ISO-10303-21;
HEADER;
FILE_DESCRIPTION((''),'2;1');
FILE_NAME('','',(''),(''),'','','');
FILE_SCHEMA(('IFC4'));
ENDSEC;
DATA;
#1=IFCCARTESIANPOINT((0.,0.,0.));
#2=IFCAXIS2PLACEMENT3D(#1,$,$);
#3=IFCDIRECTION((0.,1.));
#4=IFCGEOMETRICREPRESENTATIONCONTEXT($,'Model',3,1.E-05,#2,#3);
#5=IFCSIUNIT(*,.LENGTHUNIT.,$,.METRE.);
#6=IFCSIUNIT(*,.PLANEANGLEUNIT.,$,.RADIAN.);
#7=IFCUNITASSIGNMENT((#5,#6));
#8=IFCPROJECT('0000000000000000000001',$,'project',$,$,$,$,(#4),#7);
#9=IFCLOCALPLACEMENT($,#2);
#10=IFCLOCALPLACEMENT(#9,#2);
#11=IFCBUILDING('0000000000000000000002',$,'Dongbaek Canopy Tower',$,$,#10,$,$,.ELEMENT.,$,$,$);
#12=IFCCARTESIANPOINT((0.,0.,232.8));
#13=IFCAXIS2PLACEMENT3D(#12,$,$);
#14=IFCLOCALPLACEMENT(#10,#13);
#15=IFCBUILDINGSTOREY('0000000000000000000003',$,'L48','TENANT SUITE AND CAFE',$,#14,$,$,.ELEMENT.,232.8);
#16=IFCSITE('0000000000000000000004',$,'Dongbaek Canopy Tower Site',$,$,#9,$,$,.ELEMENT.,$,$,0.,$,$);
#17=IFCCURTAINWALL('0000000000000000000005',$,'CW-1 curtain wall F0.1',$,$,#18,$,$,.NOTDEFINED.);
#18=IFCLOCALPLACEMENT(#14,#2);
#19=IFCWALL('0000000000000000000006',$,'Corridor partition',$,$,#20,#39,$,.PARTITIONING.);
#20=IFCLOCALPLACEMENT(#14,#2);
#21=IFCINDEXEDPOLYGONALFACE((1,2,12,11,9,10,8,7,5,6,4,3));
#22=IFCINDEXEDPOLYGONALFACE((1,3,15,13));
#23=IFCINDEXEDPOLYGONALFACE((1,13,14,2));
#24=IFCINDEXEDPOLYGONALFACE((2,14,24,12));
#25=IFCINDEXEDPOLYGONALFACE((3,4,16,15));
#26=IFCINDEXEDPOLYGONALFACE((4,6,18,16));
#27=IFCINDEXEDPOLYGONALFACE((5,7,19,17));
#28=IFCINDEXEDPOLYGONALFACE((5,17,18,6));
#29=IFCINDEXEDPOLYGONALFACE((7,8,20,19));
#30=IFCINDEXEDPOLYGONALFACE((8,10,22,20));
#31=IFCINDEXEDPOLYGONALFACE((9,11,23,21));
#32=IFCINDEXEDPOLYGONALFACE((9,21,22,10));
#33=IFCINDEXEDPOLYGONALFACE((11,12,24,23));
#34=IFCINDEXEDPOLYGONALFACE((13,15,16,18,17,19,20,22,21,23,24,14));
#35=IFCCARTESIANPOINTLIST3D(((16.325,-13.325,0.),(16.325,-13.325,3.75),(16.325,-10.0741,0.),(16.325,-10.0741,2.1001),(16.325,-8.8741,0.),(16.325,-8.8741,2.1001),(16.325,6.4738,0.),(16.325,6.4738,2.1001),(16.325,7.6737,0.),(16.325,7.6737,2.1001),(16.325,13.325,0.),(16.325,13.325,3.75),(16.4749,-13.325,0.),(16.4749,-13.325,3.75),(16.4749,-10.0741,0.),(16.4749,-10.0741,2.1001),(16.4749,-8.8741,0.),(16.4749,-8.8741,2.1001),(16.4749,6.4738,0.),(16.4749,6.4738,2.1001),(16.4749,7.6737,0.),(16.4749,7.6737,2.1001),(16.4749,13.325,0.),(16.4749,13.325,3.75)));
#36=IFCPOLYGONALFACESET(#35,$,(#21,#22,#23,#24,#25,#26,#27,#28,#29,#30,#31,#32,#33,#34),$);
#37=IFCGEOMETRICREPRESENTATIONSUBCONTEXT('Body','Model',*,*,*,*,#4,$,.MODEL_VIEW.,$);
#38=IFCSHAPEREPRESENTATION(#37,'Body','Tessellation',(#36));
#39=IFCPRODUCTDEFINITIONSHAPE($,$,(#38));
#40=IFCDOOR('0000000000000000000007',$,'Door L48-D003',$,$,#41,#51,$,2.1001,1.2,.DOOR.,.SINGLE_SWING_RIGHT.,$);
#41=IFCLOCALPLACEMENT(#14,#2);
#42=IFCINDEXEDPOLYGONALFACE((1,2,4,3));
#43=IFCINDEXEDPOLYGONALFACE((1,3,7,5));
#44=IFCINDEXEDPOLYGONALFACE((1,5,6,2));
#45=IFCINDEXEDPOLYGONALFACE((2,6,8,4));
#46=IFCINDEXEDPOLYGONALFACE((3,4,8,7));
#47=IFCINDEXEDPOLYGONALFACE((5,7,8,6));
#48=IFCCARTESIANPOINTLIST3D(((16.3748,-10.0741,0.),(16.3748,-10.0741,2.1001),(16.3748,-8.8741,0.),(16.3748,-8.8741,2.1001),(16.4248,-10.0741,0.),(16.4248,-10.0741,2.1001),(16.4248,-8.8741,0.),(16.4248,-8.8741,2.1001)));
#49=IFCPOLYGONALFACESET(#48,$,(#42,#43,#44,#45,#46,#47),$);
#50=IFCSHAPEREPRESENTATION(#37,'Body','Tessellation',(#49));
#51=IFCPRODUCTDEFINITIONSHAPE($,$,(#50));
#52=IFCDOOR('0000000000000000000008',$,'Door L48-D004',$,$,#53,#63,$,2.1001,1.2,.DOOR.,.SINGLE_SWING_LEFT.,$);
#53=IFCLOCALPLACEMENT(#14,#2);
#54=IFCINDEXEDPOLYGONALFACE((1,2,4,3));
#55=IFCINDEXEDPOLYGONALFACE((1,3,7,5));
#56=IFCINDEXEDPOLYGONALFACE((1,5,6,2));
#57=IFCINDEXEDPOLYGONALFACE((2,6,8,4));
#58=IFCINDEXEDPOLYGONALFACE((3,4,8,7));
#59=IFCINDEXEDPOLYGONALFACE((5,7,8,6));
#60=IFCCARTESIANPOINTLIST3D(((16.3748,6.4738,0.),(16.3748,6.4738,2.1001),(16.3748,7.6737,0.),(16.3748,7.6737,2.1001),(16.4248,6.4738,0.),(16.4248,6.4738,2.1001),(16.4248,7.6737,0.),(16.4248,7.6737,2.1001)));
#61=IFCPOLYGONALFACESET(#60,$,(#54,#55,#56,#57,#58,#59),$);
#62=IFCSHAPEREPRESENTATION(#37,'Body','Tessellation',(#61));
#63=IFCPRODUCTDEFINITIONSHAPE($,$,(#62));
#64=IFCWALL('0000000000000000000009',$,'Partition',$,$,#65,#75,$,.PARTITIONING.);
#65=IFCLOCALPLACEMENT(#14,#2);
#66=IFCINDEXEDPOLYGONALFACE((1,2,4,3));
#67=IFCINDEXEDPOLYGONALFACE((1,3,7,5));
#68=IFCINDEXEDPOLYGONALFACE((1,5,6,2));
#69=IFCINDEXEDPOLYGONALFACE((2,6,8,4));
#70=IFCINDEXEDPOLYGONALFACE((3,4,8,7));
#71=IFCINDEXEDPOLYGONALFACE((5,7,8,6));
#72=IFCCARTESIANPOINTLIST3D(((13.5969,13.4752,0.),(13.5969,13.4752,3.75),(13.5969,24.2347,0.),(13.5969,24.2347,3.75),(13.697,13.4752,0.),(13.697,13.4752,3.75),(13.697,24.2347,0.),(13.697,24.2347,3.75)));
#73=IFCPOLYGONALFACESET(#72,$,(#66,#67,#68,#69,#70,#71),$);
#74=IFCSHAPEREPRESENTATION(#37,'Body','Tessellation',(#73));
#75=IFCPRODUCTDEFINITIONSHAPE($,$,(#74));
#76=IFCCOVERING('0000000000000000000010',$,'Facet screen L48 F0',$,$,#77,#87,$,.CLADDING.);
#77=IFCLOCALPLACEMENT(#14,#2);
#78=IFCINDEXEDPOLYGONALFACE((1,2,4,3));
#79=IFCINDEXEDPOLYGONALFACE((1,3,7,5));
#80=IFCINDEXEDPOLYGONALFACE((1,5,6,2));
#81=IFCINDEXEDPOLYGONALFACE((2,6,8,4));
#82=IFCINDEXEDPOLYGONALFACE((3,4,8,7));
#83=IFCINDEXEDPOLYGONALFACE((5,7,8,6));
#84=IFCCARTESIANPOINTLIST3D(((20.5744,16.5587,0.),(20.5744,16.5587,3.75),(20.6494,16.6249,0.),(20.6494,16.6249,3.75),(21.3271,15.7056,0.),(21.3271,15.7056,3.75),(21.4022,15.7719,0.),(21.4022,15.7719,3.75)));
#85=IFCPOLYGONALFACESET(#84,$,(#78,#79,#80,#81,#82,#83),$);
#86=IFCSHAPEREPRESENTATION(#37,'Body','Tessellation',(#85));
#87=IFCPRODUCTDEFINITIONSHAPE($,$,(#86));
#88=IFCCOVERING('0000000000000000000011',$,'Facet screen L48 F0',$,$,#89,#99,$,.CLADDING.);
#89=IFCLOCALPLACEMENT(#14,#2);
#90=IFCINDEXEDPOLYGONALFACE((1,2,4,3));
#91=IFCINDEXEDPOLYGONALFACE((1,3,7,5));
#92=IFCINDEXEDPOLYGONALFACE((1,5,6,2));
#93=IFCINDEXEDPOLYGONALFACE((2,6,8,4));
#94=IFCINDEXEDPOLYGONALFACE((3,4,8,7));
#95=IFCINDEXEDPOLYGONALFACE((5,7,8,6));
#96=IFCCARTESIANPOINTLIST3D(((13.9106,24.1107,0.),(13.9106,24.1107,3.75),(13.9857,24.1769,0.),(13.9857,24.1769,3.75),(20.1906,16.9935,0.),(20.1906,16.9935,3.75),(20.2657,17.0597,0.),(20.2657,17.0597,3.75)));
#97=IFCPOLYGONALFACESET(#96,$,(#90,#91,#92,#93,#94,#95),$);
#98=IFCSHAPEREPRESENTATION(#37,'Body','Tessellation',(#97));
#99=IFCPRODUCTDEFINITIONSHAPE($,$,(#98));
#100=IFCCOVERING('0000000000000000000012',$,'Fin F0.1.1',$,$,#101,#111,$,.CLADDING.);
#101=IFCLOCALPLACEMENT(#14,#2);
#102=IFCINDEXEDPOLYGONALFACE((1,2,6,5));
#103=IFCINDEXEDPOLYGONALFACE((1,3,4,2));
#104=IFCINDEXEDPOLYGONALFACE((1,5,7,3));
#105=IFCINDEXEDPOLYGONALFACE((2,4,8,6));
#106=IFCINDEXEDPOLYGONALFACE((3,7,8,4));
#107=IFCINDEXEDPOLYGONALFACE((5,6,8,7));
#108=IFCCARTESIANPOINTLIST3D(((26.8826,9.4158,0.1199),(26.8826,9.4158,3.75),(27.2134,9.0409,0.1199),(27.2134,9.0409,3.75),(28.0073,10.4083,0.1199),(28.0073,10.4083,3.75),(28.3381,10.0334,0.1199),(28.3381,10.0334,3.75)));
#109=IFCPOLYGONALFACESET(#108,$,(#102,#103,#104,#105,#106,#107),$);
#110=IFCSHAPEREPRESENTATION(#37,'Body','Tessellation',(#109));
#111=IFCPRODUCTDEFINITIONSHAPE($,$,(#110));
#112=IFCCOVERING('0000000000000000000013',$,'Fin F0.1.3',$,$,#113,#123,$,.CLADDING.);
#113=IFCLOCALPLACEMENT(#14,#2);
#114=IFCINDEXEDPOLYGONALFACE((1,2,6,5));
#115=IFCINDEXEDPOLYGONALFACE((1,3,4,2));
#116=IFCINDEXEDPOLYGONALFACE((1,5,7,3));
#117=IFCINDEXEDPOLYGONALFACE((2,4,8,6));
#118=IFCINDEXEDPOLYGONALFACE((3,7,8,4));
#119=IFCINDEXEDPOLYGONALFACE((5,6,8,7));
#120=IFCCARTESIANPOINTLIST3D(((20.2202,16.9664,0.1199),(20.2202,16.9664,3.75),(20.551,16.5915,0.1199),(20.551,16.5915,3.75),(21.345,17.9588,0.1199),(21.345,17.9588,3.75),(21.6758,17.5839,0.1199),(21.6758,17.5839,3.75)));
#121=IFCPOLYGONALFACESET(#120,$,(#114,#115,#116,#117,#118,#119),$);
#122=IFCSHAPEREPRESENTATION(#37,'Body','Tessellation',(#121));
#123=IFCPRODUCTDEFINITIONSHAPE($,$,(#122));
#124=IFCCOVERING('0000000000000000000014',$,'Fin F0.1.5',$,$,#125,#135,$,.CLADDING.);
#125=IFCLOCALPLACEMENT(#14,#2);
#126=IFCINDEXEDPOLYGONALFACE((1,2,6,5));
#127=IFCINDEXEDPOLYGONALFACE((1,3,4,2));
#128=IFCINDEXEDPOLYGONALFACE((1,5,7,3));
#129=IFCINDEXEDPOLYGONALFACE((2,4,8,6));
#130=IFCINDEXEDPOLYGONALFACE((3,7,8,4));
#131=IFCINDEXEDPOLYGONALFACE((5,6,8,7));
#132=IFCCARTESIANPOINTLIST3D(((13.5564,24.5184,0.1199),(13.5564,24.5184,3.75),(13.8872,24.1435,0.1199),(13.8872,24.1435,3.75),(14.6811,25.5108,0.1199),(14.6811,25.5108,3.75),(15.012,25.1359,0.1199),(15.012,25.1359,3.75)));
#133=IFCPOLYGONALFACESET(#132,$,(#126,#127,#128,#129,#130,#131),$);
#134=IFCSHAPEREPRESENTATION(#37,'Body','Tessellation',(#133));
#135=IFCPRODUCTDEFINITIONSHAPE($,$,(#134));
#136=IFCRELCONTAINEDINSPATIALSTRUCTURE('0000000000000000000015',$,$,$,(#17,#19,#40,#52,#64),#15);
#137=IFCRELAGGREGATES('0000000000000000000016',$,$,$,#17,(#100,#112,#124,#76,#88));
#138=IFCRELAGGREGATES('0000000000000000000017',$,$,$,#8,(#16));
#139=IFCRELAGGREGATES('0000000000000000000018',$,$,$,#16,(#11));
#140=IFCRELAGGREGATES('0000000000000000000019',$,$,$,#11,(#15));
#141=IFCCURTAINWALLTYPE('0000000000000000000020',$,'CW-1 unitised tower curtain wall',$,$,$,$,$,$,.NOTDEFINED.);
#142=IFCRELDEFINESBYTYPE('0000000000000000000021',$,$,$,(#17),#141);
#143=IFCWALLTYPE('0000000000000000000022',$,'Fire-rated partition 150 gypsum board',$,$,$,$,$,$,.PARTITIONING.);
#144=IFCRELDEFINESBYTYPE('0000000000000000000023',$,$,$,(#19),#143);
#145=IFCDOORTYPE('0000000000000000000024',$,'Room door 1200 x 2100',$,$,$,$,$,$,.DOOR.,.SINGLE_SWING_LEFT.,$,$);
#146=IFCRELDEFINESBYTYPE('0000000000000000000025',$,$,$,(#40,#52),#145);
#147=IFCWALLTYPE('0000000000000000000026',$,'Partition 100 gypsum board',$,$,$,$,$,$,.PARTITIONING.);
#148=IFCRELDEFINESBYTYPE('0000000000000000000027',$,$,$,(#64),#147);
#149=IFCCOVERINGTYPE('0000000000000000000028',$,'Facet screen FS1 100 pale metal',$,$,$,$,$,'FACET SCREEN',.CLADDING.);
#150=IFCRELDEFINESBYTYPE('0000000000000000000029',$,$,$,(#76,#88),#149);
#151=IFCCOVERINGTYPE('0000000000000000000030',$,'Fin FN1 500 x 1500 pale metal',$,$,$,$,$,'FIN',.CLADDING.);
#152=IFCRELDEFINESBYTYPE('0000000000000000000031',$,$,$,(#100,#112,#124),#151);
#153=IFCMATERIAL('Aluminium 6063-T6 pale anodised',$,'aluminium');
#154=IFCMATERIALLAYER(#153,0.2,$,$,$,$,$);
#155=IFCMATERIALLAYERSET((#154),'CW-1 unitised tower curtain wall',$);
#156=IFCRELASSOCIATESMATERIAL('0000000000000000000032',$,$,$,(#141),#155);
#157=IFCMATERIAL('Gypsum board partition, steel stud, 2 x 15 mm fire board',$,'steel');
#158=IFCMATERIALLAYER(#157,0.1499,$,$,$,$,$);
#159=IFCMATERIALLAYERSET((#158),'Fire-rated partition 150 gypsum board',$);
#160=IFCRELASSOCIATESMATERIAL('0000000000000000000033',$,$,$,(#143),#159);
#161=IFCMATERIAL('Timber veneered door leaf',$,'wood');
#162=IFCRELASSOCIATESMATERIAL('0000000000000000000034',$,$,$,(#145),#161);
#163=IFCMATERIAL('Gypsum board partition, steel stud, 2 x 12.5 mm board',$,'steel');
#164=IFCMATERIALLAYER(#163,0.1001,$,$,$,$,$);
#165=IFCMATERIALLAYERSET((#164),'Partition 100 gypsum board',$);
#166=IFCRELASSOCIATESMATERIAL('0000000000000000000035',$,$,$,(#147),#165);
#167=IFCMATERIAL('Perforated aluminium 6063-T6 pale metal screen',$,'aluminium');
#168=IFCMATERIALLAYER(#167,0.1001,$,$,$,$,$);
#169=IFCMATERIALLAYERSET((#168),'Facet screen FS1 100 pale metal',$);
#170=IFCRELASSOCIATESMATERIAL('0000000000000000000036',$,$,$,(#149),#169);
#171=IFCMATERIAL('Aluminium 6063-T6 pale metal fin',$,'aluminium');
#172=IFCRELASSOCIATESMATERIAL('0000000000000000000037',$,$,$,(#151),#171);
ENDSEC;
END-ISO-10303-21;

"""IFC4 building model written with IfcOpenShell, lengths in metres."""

from ifc_helpers import new_model, si_unit, direction, frame, frame_2d, origin, origin_2d, place, context, subcontext, project, spatial, rectangle, extrude, material, layer, layer_set, material_profile, profile_set, type_object, element, fill, aggregate, save


model = new_model("IFC4")

# Units and contexts
model_context = context("Model", 3, precision=1e-05, world=origin(), true_north=direction((0.0, 1.0)))
body_context = subcontext(model_context, "Body", "Model", "MODEL_VIEW")
ifc_project = project(units=[si_unit("LENGTHUNIT", "METRE"), si_unit("PLANEANGLEUNIT", "RADIAN")], contexts=[model_context])

# Site, building, storey
site_placement = place(None, origin())
site = spatial("IfcSite", under=ifc_project, at=site_placement, Name="Dongbaek Canopy Tower Site", CompositionType="ELEMENT", RefElevation=0.0)
building_placement = place(site_placement, origin())
building = spatial("IfcBuilding", under=site, at=building_placement, Name="Dongbaek Canopy Tower", CompositionType="ELEMENT")
storey_placement = place(building_placement, frame((0.0, 0.0, 232.8)))
storey = spatial("IfcBuildingStorey", under=building, at=storey_placement, Name="L48", Description="TENANT SUITE AND CAFE", CompositionType="ELEMENT", Elevation=232.8)

# Curtain wall
ifc_material_1 = material(Name="Aluminium 6063-T6 pale anodised", Category="aluminium")
ifc_layer_1 = layer(ifc_material_1, 0.2)
ifc_layer_set_1 = layer_set([ifc_layer_1], Name="CW-1 unitised tower curtain wall")
curtain_wall_type = type_object("IfcCurtainWallType", Name="CW-1 unitised tower curtain wall", PredefinedType="NOTDEFINED", material=ifc_layer_set_1)
curtain_wall_1_placement = place(storey_placement, origin())
curtain_wall_1 = element("IfcCurtainWall", 1, at=curtain_wall_1_placement, inside=storey, type_object=curtain_wall_type, Name="CW-1 curtain wall F0.1", PredefinedType="NOTDEFINED")

# Wall, openings, doors
ifc_material_2 = material(Name="Gypsum board partition, steel stud, 2 x 15 mm fire board", Category="steel")
ifc_layer_2 = layer(ifc_material_2, 0.1499)
ifc_layer_set_2 = layer_set([ifc_layer_2], Name="Fire-rated partition 150 gypsum board")
wall_type_1 = type_object("IfcWallType", Name="Fire-rated partition 150 gypsum board", PredefinedType="PARTITIONING", material=ifc_layer_set_2)
wall_1_placement = place(storey_placement, frame((16.3999, 13.325, 0.0), z_axis=(0.0, 0.0, 1.0), x_axis=(0.0, -1.0, 0.0)))
wall_1 = element("IfcWall", 2, at=wall_1_placement, inside=storey, type_object=wall_type_1, Name="Corridor partition", PredefinedType="PARTITIONING", context=body_context, shape_type="SweptSolid", body=[
    extrude(rectangle(XDim=26.6499, YDim=0.1499, at=frame_2d((13.325, 0.0))), origin(), (0.0, 0.0, 1.0), 3.75),
])
opening_1_placement = place(wall_1_placement, frame((22.199, 0.0, 0.0)))
opening_1 = element("IfcOpeningElement", 3, at=opening_1_placement, cuts=wall_1, PredefinedType="OPENING", context=body_context, shape_type="SweptSolid", body=[
    extrude(rectangle(XDim=1.2, YDim=2.1001, at=frame_2d((0.6001, 1.05))), frame((0.0, 0.085, 0.0), z_axis=(0.0, -1.0, 0.0), x_axis=(1.0, 0.0, 0.0)), (0.0, 0.0, 1.0), 0.1699),
])
opening_2_placement = place(wall_1_placement, frame((5.6511, 0.0, 0.0)))
opening_2 = element("IfcOpeningElement", 4, at=opening_2_placement, cuts=wall_1, PredefinedType="OPENING", context=body_context, shape_type="SweptSolid", body=[
    extrude(rectangle(XDim=1.2, YDim=2.1001, at=frame_2d((0.6001, 1.05))), frame((0.0, 0.085, 0.0), z_axis=(0.0, -1.0, 0.0), x_axis=(1.0, 0.0, 0.0)), (0.0, 0.0, 1.0), 0.1699),
])
ifc_material_3 = material(Name="Timber veneered door leaf", Category="wood")
door_type = type_object("IfcDoorType", Name="Room door 1200 x 2100", OperationType="SINGLE_SWING_LEFT", PredefinedType="DOOR", material=ifc_material_3)
door_1_placement = place(opening_1_placement, origin())
door_1 = element("IfcDoor", 5, at=door_1_placement, inside=storey, type_object=door_type, Name="Door L48-D003", OperationType="SINGLE_SWING_RIGHT", OverallHeight=2.1001, OverallWidth=1.2, PredefinedType="DOOR", context=body_context, shape_type="SweptSolid", body=[
    extrude(rectangle(XDim=1.2, YDim=2.1001, at=frame_2d((0.6001, 1.05))), frame((0.0, 0.0249, 0.0), z_axis=(0.0, -1.0, 0.0), x_axis=(1.0, 0.0, 0.0)), (0.0, 0.0, 1.0), 0.05),
])
fill(opening_1, door_1)
door_2_placement = place(opening_2_placement, origin())
door_2 = element("IfcDoor", 6, at=door_2_placement, inside=storey, type_object=door_type, Name="Door L48-D004", OperationType="SINGLE_SWING_LEFT", OverallHeight=2.1001, OverallWidth=1.2, PredefinedType="DOOR", context=body_context, shape_type="SweptSolid", body=[
    extrude(rectangle(XDim=1.2, YDim=2.1001, at=frame_2d((0.6001, 1.05))), frame((0.0, 0.0249, 0.0), z_axis=(0.0, -1.0, 0.0), x_axis=(1.0, 0.0, 0.0)), (0.0, 0.0, 1.0), 0.05),
])
fill(opening_2, door_2)

# Wall
ifc_material_4 = material(Name="Gypsum board partition, steel stud, 2 x 12.5 mm board", Category="steel")
ifc_layer_3 = layer(ifc_material_4, 0.1001)
ifc_layer_set_3 = layer_set([ifc_layer_3], Name="Partition 100 gypsum board")
wall_type_2 = type_object("IfcWallType", Name="Partition 100 gypsum board", PredefinedType="PARTITIONING", material=ifc_layer_set_3)
wall_2_placement = place(storey_placement, frame((13.647, 13.4751, 0.0), z_axis=(0.0, 0.0, 1.0), x_axis=(0.0, 1.0, 0.0)))
element("IfcWall", 7, at=wall_2_placement, inside=storey, type_object=wall_type_2, Name="Partition", PredefinedType="PARTITIONING", context=body_context, shape_type="SweptSolid", body=[
    extrude(rectangle(XDim=10.7595, YDim=0.1001, at=frame_2d((5.3799, 0.0))), origin(), (0.0, 0.0, 1.0), 3.75),
])

# Coverings
ifc_material_5 = material(Name="Perforated aluminium 6063-T6 pale metal screen", Category="aluminium")
ifc_layer_4 = layer(ifc_material_5, 0.1001)
ifc_layer_set_4 = layer_set([ifc_layer_4], Name="Facet screen FS1 100 pale metal")
covering_type_1 = type_object("IfcCoveringType", Name="Facet screen FS1 100 pale metal", ElementType="FACET SCREEN", PredefinedType="CLADDING", material=ifc_layer_set_4)
covering_1_placement = place(storey_placement, frame((20.9883, 16.1653, 0.0), z_axis=(0.0, 0.0, 1.0), x_axis=(-0.661631, 0.749829, 0.0)))
covering_1 = element("IfcCovering", 8, at=covering_1_placement, type_object=covering_type_1, Name="Facet screen L48 F0", PredefinedType="CLADDING", context=body_context, shape_type="SweptSolid", body=[
    extrude(rectangle(XDim=1.1377, YDim=0.1001, at=origin_2d()), origin(), (0.0, 0.0, 1.0), 3.75),
])
covering_2_placement = place(storey_placement, frame((17.0881, 20.5852, 0.0), z_axis=(0.0, 0.0, 1.0), x_axis=(-0.661631, 0.749829, 0.0)))
covering_2 = element("IfcCovering", 9, at=covering_2_placement, type_object=covering_type_1, Name="Facet screen L48 F0", PredefinedType="CLADDING", context=body_context, shape_type="SweptSolid", body=[
    extrude(rectangle(XDim=9.4917, YDim=0.1001, at=origin_2d()), origin(), (0.0, 0.0, 1.0), 3.75),
])
ifc_material_6 = material(Name="Aluminium 6063-T6 pale metal fin", Category="aluminium")
ifc_material_profile_1 = material_profile(ifc_material_6, rectangle(XDim=1.5, YDim=0.5, at=origin_2d()), Name="Fin FN1 500 x 1500 pale metal")
ifc_profile_set_1 = profile_set([ifc_material_profile_1], Name="Aluminium 6063-T6 pale metal fin")
covering_type_2 = type_object("IfcCoveringType", Name="Fin FN1 500 x 1500 pale metal", ElementType="FIN", PredefinedType="CLADDING", material=ifc_profile_set_1)
covering_3_placement = place(storey_placement, frame((27.6104, 9.7246, 0.1199), z_axis=(0.0, 0.0, 1.0), x_axis=(0.749829, 0.661631, 0.0)))
covering_3 = element("IfcCovering", 10, at=covering_3_placement, type_object=covering_type_2, Name="Fin F0.1.1", PredefinedType="CLADDING", context=body_context, shape_type="SweptSolid", body=[
    extrude(rectangle(XDim=1.5, YDim=0.5, at=origin_2d()), origin(), (0.0, 0.0, 1.0), 3.6301),
])
covering_4_placement = place(storey_placement, frame((20.948, 17.2751, 0.1199), z_axis=(0.0, 0.0, 1.0), x_axis=(0.749829, 0.661631, 0.0)))
covering_4 = element("IfcCovering", 11, at=covering_4_placement, type_object=covering_type_2, Name="Fin F0.1.3", PredefinedType="CLADDING", context=body_context, shape_type="SweptSolid", body=[
    extrude(rectangle(XDim=1.5, YDim=0.5, at=origin_2d()), origin(), (0.0, 0.0, 1.0), 3.6301),
])
covering_5_placement = place(storey_placement, frame((14.2842, 24.8271, 0.1199), z_axis=(0.0, 0.0, 1.0), x_axis=(0.749829, 0.661631, 0.0)))
covering_5 = element("IfcCovering", 12, at=covering_5_placement, type_object=covering_type_2, Name="Fin F0.1.5", PredefinedType="CLADDING", context=body_context, shape_type="SweptSolid", body=[
    extrude(rectangle(XDim=1.5, YDim=0.5, at=origin_2d()), origin(), (0.0, 0.0, 1.0), 3.6301),
])
aggregate(curtain_wall_1, [covering_3, covering_4, covering_5, covering_1, covering_2])

save(model, "model.ifc")
